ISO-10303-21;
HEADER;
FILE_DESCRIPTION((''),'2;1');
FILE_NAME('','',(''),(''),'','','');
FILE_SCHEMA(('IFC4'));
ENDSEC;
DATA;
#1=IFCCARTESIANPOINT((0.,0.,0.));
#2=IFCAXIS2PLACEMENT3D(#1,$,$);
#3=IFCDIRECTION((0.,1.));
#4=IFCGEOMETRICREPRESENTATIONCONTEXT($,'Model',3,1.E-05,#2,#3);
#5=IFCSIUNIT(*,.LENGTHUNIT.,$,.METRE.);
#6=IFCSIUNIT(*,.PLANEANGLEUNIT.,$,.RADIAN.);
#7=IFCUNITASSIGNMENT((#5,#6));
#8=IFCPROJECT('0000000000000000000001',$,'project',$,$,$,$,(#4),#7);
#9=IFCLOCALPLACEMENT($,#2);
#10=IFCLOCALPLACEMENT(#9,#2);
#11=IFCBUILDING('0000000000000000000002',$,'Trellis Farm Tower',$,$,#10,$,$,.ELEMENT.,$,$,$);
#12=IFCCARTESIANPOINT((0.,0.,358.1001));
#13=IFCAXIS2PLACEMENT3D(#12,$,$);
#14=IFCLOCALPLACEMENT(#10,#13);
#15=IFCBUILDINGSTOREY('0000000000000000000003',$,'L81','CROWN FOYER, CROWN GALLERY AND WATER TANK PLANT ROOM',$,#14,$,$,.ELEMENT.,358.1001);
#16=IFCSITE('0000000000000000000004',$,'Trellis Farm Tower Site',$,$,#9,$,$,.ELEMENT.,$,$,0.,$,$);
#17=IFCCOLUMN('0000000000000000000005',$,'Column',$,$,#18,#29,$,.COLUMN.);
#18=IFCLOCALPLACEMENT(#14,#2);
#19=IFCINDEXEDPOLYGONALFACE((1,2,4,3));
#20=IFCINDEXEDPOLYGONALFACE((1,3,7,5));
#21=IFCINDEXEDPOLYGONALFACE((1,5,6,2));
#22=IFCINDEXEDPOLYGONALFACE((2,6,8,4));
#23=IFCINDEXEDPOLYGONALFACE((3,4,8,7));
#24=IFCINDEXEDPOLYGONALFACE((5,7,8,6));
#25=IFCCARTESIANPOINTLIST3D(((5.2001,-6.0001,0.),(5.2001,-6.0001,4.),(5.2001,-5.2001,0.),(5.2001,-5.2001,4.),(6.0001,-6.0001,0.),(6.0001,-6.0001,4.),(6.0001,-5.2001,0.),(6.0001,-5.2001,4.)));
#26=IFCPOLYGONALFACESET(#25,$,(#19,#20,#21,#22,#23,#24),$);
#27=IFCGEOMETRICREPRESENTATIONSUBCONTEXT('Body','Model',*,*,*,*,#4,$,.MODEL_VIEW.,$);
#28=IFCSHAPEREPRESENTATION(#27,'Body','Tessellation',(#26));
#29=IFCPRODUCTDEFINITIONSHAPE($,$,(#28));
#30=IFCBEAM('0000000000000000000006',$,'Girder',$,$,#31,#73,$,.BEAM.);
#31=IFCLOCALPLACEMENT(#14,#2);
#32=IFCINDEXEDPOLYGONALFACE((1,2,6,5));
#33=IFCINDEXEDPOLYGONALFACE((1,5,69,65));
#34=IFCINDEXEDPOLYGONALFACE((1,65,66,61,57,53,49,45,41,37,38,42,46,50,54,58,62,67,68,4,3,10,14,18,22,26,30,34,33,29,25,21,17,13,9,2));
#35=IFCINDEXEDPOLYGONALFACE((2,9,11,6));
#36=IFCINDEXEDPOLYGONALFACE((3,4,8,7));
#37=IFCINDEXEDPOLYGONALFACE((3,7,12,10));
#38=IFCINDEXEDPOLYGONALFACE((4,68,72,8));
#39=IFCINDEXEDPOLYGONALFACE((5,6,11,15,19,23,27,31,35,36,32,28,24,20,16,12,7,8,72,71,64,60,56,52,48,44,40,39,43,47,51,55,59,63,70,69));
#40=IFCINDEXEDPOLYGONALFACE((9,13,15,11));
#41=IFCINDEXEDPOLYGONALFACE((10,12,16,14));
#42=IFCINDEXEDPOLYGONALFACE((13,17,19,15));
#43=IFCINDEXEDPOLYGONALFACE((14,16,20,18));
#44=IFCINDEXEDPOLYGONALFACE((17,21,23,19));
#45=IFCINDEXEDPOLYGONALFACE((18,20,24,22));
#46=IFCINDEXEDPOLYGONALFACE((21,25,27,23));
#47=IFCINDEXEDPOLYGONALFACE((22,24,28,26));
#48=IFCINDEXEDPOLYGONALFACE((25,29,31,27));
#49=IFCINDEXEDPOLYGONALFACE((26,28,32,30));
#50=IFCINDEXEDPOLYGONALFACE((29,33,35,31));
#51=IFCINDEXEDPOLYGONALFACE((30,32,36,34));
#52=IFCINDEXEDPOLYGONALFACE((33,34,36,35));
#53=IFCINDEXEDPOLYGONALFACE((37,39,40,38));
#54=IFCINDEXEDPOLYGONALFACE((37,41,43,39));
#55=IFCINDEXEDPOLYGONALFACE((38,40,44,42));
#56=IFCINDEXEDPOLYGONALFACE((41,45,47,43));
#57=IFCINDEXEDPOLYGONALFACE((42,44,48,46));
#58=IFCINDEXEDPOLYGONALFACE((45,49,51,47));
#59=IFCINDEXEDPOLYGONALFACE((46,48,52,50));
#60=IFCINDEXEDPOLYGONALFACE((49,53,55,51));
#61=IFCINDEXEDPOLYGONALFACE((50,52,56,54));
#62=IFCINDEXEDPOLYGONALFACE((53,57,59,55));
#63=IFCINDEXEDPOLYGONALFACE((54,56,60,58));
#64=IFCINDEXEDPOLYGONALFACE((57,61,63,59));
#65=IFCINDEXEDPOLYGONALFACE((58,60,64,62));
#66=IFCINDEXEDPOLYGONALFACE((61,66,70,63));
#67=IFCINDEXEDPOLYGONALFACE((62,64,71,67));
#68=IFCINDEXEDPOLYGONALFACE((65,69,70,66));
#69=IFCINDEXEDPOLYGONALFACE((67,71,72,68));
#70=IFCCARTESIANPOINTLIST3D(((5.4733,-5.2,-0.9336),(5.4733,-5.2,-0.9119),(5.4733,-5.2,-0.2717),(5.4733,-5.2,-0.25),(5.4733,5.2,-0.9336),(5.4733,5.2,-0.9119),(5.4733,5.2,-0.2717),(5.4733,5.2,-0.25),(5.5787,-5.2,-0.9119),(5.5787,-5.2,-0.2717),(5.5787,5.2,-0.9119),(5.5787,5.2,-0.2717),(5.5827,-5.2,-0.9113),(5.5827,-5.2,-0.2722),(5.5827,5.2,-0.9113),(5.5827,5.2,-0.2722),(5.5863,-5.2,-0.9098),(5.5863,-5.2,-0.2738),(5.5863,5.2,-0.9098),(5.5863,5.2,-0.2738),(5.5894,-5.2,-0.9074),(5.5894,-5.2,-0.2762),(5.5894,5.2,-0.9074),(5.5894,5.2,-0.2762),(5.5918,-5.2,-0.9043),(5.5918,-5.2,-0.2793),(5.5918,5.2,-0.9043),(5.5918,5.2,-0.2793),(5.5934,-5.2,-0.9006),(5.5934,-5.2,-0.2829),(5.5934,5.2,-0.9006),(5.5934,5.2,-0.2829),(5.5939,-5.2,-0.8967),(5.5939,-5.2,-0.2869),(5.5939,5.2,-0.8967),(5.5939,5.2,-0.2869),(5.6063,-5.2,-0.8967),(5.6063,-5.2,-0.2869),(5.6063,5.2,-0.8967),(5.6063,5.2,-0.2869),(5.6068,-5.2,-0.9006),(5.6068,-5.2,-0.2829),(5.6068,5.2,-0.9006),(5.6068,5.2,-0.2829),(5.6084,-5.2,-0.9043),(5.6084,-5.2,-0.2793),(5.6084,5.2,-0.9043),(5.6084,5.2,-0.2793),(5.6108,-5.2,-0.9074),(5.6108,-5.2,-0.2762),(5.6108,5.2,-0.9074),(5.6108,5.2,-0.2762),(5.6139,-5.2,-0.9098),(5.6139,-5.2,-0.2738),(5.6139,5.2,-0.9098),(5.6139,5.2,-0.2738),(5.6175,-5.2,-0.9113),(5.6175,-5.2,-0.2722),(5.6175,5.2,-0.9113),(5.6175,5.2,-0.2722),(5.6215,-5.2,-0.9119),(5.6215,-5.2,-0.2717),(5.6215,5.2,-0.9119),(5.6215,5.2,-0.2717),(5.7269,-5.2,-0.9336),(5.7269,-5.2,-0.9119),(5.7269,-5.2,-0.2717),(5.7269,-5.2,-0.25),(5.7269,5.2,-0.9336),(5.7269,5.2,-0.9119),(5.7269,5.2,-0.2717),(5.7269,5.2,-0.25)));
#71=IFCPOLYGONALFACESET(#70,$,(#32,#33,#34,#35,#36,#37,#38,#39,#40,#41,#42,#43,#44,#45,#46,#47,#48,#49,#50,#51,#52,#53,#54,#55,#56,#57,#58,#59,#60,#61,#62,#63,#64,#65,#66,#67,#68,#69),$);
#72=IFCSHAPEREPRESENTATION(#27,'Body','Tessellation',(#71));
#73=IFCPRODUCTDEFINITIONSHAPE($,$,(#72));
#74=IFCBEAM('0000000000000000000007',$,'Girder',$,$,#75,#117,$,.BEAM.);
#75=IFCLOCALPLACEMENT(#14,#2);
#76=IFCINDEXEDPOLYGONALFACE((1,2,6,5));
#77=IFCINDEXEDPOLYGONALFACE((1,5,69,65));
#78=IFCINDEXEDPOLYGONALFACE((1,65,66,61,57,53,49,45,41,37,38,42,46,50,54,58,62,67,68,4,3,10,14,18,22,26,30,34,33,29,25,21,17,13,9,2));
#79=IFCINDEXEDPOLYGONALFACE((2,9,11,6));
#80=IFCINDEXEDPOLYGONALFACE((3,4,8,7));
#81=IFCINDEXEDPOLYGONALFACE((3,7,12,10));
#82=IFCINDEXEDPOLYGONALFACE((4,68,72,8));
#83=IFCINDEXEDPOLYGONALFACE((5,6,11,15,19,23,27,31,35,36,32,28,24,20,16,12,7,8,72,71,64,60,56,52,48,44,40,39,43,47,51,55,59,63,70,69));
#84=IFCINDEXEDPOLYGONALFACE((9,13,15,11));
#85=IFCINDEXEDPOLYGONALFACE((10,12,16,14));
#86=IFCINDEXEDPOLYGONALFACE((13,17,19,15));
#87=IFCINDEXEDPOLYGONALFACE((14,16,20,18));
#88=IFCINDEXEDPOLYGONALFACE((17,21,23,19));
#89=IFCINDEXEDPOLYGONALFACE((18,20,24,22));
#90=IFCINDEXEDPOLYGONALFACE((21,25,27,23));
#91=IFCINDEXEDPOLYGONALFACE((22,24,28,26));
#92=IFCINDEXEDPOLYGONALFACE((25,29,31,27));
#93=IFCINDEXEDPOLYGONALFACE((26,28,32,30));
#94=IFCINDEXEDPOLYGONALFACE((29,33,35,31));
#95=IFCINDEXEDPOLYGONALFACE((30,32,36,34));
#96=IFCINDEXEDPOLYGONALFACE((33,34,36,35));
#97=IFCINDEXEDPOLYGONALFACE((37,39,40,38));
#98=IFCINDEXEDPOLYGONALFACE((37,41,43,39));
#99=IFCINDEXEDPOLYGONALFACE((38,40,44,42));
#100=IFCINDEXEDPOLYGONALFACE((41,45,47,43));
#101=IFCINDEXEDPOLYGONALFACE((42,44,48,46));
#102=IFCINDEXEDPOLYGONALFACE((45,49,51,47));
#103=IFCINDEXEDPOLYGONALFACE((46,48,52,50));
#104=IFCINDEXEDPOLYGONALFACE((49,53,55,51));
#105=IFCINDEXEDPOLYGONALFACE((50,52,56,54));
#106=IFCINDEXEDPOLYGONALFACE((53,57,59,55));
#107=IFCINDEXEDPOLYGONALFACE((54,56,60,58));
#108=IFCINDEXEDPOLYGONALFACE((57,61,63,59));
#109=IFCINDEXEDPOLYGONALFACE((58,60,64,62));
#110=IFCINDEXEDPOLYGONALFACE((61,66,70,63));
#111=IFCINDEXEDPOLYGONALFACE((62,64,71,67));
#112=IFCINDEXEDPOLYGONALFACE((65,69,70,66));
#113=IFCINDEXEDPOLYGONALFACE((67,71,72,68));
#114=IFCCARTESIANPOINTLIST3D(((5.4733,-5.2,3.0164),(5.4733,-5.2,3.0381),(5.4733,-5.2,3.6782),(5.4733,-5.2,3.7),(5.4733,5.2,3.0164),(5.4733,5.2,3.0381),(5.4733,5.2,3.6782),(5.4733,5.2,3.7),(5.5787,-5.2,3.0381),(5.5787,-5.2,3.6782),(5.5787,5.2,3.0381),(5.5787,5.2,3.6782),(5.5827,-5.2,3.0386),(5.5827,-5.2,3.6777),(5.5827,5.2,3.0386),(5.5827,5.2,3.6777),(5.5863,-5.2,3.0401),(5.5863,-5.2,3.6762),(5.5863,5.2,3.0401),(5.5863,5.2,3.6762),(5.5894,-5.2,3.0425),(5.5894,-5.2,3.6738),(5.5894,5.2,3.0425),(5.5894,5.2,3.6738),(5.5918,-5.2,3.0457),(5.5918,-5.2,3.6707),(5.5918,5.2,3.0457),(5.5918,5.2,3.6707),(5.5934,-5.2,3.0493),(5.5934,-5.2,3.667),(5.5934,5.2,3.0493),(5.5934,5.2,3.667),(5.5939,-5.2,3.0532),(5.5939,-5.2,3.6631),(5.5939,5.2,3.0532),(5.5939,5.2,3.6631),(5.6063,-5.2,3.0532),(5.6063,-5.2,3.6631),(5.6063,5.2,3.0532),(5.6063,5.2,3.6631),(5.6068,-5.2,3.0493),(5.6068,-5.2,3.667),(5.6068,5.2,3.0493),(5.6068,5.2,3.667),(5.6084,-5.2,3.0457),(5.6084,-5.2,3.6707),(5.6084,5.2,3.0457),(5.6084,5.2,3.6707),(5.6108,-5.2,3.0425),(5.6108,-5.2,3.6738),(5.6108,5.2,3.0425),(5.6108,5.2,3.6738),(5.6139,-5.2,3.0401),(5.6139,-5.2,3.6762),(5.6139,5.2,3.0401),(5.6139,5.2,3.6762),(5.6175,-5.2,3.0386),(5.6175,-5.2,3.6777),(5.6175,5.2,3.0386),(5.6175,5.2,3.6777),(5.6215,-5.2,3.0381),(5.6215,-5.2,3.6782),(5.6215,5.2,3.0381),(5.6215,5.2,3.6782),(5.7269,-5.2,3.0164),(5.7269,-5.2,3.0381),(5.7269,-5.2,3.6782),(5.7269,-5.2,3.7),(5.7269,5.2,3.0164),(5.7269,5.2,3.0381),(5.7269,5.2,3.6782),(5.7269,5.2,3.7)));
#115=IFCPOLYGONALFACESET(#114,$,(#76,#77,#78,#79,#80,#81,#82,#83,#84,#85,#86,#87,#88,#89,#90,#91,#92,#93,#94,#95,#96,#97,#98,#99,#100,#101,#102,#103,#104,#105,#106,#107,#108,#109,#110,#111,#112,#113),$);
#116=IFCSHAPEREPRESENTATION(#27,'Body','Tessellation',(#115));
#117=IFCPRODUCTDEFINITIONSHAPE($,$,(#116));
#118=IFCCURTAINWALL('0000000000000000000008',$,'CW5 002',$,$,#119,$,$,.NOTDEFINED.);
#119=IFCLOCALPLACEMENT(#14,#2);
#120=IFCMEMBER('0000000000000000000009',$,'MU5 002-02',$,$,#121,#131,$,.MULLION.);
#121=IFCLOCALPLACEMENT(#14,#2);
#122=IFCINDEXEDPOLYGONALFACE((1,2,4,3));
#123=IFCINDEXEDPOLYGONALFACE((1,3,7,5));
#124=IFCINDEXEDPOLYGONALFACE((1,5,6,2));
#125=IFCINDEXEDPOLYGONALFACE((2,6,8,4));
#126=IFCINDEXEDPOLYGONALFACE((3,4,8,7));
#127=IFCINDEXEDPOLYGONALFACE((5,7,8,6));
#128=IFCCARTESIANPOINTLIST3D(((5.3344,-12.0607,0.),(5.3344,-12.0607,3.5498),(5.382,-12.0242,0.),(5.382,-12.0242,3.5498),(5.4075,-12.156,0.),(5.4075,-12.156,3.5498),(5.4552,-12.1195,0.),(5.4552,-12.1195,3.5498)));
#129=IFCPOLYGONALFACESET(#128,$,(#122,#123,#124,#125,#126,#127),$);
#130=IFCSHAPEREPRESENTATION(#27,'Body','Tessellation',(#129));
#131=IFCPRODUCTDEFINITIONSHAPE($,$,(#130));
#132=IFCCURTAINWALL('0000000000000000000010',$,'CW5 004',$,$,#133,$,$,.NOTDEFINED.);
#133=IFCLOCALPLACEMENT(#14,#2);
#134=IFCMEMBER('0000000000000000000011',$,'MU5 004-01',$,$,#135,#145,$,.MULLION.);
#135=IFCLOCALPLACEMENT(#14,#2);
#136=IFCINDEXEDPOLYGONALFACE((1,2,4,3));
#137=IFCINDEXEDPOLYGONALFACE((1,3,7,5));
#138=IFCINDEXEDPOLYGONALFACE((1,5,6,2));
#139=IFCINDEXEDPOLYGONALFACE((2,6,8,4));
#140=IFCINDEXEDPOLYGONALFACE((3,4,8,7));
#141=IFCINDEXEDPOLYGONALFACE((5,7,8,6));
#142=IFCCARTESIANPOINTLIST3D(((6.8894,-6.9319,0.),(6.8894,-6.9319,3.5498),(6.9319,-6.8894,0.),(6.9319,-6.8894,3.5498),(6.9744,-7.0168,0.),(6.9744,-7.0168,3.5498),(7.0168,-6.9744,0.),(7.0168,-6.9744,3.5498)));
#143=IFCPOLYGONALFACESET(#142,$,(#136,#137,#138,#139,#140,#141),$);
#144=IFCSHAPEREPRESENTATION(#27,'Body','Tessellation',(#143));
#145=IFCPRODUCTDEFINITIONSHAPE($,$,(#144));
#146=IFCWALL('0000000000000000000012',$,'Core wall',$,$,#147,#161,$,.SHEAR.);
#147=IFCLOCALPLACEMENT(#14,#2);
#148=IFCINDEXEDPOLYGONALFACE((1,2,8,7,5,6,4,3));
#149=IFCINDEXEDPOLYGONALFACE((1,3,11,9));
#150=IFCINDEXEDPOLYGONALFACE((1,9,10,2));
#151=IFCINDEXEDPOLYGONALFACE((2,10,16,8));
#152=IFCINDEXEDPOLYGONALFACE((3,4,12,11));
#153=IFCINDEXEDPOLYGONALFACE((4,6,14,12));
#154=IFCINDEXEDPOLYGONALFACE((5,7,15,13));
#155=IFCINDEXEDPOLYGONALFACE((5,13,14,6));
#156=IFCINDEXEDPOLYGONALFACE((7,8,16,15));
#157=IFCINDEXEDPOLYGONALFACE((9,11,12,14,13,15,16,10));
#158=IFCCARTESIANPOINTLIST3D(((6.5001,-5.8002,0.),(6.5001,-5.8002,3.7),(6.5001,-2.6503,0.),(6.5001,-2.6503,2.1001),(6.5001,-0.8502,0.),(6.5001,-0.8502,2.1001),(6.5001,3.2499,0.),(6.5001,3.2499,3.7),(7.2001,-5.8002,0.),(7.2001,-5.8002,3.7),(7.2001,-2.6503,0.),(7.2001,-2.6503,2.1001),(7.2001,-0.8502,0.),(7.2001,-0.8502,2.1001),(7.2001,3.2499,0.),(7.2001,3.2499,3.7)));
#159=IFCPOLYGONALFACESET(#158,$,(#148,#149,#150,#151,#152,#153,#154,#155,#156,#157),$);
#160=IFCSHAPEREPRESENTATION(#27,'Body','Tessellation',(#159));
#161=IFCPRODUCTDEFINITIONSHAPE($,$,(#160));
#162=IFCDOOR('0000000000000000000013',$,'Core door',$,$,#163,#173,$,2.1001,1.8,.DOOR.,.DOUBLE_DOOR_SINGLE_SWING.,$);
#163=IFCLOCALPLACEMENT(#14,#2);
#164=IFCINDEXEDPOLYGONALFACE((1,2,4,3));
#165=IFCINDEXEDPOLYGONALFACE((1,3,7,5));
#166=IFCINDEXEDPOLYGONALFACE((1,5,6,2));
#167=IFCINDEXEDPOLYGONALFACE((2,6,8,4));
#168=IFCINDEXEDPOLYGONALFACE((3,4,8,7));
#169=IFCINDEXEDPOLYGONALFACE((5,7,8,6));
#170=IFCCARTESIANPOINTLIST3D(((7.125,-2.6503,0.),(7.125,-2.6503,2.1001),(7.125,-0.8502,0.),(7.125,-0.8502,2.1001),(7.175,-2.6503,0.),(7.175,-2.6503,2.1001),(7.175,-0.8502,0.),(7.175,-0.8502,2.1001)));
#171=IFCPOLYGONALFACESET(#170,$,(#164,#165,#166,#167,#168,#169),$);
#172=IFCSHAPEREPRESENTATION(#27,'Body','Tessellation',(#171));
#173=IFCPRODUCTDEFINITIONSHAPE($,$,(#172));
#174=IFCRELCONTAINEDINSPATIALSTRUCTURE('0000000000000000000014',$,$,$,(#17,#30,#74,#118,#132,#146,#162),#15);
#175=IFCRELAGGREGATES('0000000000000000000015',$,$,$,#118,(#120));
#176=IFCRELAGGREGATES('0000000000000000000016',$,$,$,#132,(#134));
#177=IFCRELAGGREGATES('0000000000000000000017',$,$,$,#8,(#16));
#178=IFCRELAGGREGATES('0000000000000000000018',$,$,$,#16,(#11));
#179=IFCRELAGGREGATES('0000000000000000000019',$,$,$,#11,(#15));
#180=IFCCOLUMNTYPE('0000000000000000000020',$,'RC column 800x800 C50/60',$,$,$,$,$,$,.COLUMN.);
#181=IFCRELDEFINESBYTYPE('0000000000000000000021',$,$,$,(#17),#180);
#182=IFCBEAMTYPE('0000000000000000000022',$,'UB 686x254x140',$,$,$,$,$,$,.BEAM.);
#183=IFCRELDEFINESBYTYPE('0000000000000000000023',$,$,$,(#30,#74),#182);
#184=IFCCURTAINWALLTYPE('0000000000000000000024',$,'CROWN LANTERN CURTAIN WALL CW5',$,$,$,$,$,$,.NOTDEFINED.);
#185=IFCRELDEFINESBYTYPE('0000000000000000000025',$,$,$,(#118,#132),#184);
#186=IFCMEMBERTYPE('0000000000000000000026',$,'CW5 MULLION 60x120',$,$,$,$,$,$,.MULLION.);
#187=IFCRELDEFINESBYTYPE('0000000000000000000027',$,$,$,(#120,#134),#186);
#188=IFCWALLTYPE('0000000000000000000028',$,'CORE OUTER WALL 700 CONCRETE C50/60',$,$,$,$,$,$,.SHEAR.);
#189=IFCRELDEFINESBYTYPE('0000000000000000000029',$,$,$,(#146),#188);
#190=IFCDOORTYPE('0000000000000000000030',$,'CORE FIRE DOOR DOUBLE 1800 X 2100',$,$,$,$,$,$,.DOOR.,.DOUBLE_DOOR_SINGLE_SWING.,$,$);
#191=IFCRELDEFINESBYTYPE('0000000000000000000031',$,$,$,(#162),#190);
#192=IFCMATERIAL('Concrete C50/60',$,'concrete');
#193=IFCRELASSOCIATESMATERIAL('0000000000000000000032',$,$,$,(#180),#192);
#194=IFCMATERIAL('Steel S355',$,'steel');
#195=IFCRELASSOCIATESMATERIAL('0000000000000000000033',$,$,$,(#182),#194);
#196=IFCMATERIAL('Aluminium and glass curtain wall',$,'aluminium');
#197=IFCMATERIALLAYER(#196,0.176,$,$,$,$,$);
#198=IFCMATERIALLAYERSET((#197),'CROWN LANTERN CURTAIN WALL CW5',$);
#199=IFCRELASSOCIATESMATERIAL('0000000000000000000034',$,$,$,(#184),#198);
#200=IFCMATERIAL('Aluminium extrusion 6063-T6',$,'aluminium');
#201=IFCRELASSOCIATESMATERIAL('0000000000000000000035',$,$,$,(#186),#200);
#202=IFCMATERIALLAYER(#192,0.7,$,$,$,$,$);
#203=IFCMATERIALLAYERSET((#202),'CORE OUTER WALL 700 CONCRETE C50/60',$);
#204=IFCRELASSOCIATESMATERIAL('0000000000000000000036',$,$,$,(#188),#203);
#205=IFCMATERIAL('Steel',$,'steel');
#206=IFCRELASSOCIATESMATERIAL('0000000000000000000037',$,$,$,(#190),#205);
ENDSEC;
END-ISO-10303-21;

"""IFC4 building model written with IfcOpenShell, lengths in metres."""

from ifc_helpers import new_model, si_unit, direction, frame, frame_2d, origin, origin_2d, place, context, subcontext, project, spatial, rectangle, i_section, extrude, source, transform, mapped, material, layer, layer_set, material_profile, profile_set, type_object, element, fill, aggregate, save


model = new_model("IFC4")

# Units and contexts
model_context = context("Model", 3, precision=1e-05, world=origin(), true_north=direction((0.0, 1.0)))
body_context = subcontext(model_context, "Body", "Model", "MODEL_VIEW")
ifc_project = project(units=[si_unit("LENGTHUNIT", "METRE"), si_unit("PLANEANGLEUNIT", "RADIAN")], contexts=[model_context])

# Site, building, storey
site_placement = place(None, origin())
site = spatial("IfcSite", under=ifc_project, at=site_placement, Name="Trellis Farm Tower Site", CompositionType="ELEMENT", RefElevation=0.0)
building_placement = place(site_placement, origin())
building = spatial("IfcBuilding", under=site, at=building_placement, Name="Trellis Farm Tower", CompositionType="ELEMENT")
storey_placement = place(building_placement, frame((0.0, 0.0, 358.1001)))
storey = spatial("IfcBuildingStorey", under=building, at=storey_placement, Name="L81", Description="CROWN FOYER, CROWN GALLERY AND WATER TANK PLANT ROOM", CompositionType="ELEMENT", Elevation=358.1001)

# Column
ifc_material_1 = material(Name="Concrete C50/60", Category="concrete")
ifc_material_profile_1 = material_profile(ifc_material_1, rectangle(XDim=0.8, YDim=0.8, at=origin_2d()), Name="RC column 800x800 C50/60")
ifc_profile_set_1 = profile_set([ifc_material_profile_1], Name="Concrete C50/60")
column_type = type_object("IfcColumnType", Name="RC column 800x800 C50/60", PredefinedType="COLUMN", material=ifc_profile_set_1)
shared_shape_1 = source(origin(), body_context, "Body", "SweptSolid", [
    extrude(rectangle(XDim=0.8, YDim=0.8, at=origin_2d()), origin(), (0.0, 0.0, 1.0), 4.0),
])
column_placement = place(storey_placement, frame((5.6001, -5.6001, 0.0), z_axis=(0.0, 0.0, 1.0), x_axis=(1.0, 0.0, 0.0)))
element("IfcColumn", 1, at=column_placement, inside=storey, type_object=column_type, Name="Column", PredefinedType="COLUMN", context=body_context, shape_type="MappedRepresentation", body=[
    mapped(shared_shape_1, transform((0.0, 0.0, 0.0))),
])

# Beams
ifc_material_2 = material(Name="Steel S355", Category="steel")
ifc_material_profile_2 = material_profile(ifc_material_2, i_section(OverallWidth=0.2537, OverallDepth=0.6836, WebThickness=0.0125, FlangeThickness=0.0217, FilletRadius=0.0151, at=origin_2d()), Name="UB 686x254x140")
ifc_profile_set_2 = profile_set([ifc_material_profile_2], Name="Steel S355")
beam_type = type_object("IfcBeamType", Name="UB 686x254x140", PredefinedType="BEAM", material=ifc_profile_set_2)
shared_shape_2 = source(origin(), body_context, "Body", "SweptSolid", [
    extrude(i_section(OverallWidth=0.2537, OverallDepth=0.6836, WebThickness=0.0125, FlangeThickness=0.0217, FilletRadius=0.0151, at=origin_2d()), origin(), (0.0, 0.0, 1.0), 10.3999),
])
for number, where, z_axis, x_axis, name in (
    (2, (5.6001, -5.2, -0.5918), (0.0, 1.0, 0.0), (-1.0, 0.0, 0.0), "Girder"),
    (3, (5.6001, -5.2, 3.3582), (0.0, 1.0, 0.0), (-1.0, 0.0, 0.0), "Girder"),
):
    element("IfcBeam", number, at=place(storey_placement, frame(where, z_axis=z_axis, x_axis=x_axis)), inside=storey, type_object=beam_type, Name=name, PredefinedType="BEAM", context=body_context, shape_type="MappedRepresentation", body=[
        mapped(shared_shape_2, transform((0.0, 0.0, 0.0))),
    ])

# Curtain walls, members
ifc_material_3 = material(Name="Aluminium and glass curtain wall", Category="aluminium")
ifc_layer_1 = layer(ifc_material_3, 0.176)
ifc_layer_set_1 = layer_set([ifc_layer_1], Name="CROWN LANTERN CURTAIN WALL CW5")
curtain_wall_type = type_object("IfcCurtainWallType", Name="CROWN LANTERN CURTAIN WALL CW5", PredefinedType="NOTDEFINED", material=ifc_layer_set_1)
placement = place(storey_placement, origin())
curtain_wall_1 = element("IfcCurtainWall", 4, at=placement, inside=storey, type_object=curtain_wall_type, Name="CW5 002", PredefinedType="NOTDEFINED")
ifc_material_4 = material(Name="Aluminium extrusion 6063-T6", Category="aluminium")
ifc_material_profile_3 = material_profile(ifc_material_4, rectangle(XDim=0.0601, YDim=0.1201, at=origin_2d()), Name="MULLION 60x120")
ifc_profile_set_3 = profile_set([ifc_material_profile_3], Name="Aluminium extrusion 6063-T6")
member_type = type_object("IfcMemberType", Name="CW5 MULLION 60x120", PredefinedType="MULLION", material=ifc_profile_set_3)
shared_shape_3 = source(origin(), body_context, "Body", "SweptSolid", [
    extrude(rectangle(XDim=0.0601, YDim=0.1201, at=origin_2d()), origin(), (0.0, 0.0, 1.0), 3.5498),
])
member_1_placement = place(storey_placement, frame((5.3948, -12.0901, 0.0), z_axis=(0.0, 0.0, 1.0), x_axis=(0.793353, 0.608761, 0.0)))
member_1 = element("IfcMember", 5, at=member_1_placement, type_object=member_type, Name="MU5 002-02", PredefinedType="MULLION", context=body_context, shape_type="MappedRepresentation", body=[
    mapped(shared_shape_3, transform((0.0, 0.0, 0.0))),
])
aggregate(curtain_wall_1, [member_1])
curtain_wall_2 = element("IfcCurtainWall", 6, at=placement, inside=storey, type_object=curtain_wall_type, Name="CW5 004", PredefinedType="NOTDEFINED")
member_2_placement = place(storey_placement, frame((6.9531, -6.9531, 0.0), z_axis=(0.0, 0.0, 1.0), x_axis=(0.707107, 0.707107, 0.0)))
member_2 = element("IfcMember", 7, at=member_2_placement, type_object=member_type, Name="MU5 004-01", PredefinedType="MULLION", context=body_context, shape_type="MappedRepresentation", body=[
    mapped(shared_shape_3, transform((0.0, 0.0, 0.0))),
])
aggregate(curtain_wall_2, [member_2])

# Wall, opening, door
ifc_layer_2 = layer(ifc_material_1, 0.7)
ifc_layer_set_2 = layer_set([ifc_layer_2], Name="CORE OUTER WALL 700 CONCRETE C50/60")
wall_type_1 = type_object("IfcWallType", Name="CORE OUTER WALL 700 CONCRETE C50/60", PredefinedType="SHEAR", material=ifc_layer_set_2)
shared_shape_4 = source(origin(), body_context, "Body", "SweptSolid", [
    extrude(rectangle(XDim=9.05, YDim=0.7, at=frame_2d((4.5249, 0.0))), origin(), (0.0, 0.0, 1.0), 3.7),
])
wall_1_placement = place(storey_placement, frame((6.8501, -5.8, 0.0), z_axis=(0.0, 0.0, 1.0), x_axis=(0.0, 1.0, 0.0)))
wall_1 = element("IfcWall", 8, at=wall_1_placement, inside=storey, type_object=wall_type_1, Name="Core wall", PredefinedType="SHEAR", context=body_context, shape_type="MappedRepresentation", body=[
    mapped(shared_shape_4, transform((0.0, 0.0, 0.0))),
])
shared_shape_5 = source(origin(), body_context, "Body", "SweptSolid", [
    extrude(rectangle(XDim=1.8, YDim=2.1001, at=frame_2d((0.8999, 1.05))), frame((0.0, 0.3601, 0.0), z_axis=(0.0, -1.0, 0.0), x_axis=(1.0, 0.0, 0.0)), (0.0, 0.0, 1.0), 0.7202),
])
opening_1_placement = place(wall_1_placement, frame((3.1499, 0.0, 0.0)))
opening_1 = element("IfcOpeningElement", 9, at=opening_1_placement, cuts=wall_1, PredefinedType="OPENING", context=body_context, shape_type="MappedRepresentation", body=[
    mapped(shared_shape_5, transform((0.0, 0.0, 0.0))),
])
ifc_material_5 = material(Name="Steel", Category="steel")
door_type_1 = type_object("IfcDoorType", Name="CORE FIRE DOOR DOUBLE 1800 X 2100", OperationType="DOUBLE_DOOR_SINGLE_SWING", PredefinedType="DOOR", material=ifc_material_5)
shared_shape_6 = source(origin(), body_context, "Body", "SweptSolid", [
    extrude(rectangle(XDim=1.8, YDim=2.1001, at=frame_2d((0.8999, 1.05))), frame((0.0, -0.2749, 0.0), z_axis=(0.0, -1.0, 0.0), x_axis=(1.0, 0.0, 0.0)), (0.0, 0.0, 1.0), 0.05),
])
door_1_placement = place(opening_1_placement, origin())
door_1 = element("IfcDoor", 10, at=door_1_placement, inside=storey, type_object=door_type_1, Name="Core door", OperationType="DOUBLE_DOOR_SINGLE_SWING", OverallHeight=2.1001, OverallWidth=1.8, PredefinedType="DOOR", context=body_context, shape_type="MappedRepresentation", body=[
    mapped(shared_shape_6, transform((0.0, 0.0, 0.0))),
])
fill(opening_1, door_1)

save(model, "model.ifc")
